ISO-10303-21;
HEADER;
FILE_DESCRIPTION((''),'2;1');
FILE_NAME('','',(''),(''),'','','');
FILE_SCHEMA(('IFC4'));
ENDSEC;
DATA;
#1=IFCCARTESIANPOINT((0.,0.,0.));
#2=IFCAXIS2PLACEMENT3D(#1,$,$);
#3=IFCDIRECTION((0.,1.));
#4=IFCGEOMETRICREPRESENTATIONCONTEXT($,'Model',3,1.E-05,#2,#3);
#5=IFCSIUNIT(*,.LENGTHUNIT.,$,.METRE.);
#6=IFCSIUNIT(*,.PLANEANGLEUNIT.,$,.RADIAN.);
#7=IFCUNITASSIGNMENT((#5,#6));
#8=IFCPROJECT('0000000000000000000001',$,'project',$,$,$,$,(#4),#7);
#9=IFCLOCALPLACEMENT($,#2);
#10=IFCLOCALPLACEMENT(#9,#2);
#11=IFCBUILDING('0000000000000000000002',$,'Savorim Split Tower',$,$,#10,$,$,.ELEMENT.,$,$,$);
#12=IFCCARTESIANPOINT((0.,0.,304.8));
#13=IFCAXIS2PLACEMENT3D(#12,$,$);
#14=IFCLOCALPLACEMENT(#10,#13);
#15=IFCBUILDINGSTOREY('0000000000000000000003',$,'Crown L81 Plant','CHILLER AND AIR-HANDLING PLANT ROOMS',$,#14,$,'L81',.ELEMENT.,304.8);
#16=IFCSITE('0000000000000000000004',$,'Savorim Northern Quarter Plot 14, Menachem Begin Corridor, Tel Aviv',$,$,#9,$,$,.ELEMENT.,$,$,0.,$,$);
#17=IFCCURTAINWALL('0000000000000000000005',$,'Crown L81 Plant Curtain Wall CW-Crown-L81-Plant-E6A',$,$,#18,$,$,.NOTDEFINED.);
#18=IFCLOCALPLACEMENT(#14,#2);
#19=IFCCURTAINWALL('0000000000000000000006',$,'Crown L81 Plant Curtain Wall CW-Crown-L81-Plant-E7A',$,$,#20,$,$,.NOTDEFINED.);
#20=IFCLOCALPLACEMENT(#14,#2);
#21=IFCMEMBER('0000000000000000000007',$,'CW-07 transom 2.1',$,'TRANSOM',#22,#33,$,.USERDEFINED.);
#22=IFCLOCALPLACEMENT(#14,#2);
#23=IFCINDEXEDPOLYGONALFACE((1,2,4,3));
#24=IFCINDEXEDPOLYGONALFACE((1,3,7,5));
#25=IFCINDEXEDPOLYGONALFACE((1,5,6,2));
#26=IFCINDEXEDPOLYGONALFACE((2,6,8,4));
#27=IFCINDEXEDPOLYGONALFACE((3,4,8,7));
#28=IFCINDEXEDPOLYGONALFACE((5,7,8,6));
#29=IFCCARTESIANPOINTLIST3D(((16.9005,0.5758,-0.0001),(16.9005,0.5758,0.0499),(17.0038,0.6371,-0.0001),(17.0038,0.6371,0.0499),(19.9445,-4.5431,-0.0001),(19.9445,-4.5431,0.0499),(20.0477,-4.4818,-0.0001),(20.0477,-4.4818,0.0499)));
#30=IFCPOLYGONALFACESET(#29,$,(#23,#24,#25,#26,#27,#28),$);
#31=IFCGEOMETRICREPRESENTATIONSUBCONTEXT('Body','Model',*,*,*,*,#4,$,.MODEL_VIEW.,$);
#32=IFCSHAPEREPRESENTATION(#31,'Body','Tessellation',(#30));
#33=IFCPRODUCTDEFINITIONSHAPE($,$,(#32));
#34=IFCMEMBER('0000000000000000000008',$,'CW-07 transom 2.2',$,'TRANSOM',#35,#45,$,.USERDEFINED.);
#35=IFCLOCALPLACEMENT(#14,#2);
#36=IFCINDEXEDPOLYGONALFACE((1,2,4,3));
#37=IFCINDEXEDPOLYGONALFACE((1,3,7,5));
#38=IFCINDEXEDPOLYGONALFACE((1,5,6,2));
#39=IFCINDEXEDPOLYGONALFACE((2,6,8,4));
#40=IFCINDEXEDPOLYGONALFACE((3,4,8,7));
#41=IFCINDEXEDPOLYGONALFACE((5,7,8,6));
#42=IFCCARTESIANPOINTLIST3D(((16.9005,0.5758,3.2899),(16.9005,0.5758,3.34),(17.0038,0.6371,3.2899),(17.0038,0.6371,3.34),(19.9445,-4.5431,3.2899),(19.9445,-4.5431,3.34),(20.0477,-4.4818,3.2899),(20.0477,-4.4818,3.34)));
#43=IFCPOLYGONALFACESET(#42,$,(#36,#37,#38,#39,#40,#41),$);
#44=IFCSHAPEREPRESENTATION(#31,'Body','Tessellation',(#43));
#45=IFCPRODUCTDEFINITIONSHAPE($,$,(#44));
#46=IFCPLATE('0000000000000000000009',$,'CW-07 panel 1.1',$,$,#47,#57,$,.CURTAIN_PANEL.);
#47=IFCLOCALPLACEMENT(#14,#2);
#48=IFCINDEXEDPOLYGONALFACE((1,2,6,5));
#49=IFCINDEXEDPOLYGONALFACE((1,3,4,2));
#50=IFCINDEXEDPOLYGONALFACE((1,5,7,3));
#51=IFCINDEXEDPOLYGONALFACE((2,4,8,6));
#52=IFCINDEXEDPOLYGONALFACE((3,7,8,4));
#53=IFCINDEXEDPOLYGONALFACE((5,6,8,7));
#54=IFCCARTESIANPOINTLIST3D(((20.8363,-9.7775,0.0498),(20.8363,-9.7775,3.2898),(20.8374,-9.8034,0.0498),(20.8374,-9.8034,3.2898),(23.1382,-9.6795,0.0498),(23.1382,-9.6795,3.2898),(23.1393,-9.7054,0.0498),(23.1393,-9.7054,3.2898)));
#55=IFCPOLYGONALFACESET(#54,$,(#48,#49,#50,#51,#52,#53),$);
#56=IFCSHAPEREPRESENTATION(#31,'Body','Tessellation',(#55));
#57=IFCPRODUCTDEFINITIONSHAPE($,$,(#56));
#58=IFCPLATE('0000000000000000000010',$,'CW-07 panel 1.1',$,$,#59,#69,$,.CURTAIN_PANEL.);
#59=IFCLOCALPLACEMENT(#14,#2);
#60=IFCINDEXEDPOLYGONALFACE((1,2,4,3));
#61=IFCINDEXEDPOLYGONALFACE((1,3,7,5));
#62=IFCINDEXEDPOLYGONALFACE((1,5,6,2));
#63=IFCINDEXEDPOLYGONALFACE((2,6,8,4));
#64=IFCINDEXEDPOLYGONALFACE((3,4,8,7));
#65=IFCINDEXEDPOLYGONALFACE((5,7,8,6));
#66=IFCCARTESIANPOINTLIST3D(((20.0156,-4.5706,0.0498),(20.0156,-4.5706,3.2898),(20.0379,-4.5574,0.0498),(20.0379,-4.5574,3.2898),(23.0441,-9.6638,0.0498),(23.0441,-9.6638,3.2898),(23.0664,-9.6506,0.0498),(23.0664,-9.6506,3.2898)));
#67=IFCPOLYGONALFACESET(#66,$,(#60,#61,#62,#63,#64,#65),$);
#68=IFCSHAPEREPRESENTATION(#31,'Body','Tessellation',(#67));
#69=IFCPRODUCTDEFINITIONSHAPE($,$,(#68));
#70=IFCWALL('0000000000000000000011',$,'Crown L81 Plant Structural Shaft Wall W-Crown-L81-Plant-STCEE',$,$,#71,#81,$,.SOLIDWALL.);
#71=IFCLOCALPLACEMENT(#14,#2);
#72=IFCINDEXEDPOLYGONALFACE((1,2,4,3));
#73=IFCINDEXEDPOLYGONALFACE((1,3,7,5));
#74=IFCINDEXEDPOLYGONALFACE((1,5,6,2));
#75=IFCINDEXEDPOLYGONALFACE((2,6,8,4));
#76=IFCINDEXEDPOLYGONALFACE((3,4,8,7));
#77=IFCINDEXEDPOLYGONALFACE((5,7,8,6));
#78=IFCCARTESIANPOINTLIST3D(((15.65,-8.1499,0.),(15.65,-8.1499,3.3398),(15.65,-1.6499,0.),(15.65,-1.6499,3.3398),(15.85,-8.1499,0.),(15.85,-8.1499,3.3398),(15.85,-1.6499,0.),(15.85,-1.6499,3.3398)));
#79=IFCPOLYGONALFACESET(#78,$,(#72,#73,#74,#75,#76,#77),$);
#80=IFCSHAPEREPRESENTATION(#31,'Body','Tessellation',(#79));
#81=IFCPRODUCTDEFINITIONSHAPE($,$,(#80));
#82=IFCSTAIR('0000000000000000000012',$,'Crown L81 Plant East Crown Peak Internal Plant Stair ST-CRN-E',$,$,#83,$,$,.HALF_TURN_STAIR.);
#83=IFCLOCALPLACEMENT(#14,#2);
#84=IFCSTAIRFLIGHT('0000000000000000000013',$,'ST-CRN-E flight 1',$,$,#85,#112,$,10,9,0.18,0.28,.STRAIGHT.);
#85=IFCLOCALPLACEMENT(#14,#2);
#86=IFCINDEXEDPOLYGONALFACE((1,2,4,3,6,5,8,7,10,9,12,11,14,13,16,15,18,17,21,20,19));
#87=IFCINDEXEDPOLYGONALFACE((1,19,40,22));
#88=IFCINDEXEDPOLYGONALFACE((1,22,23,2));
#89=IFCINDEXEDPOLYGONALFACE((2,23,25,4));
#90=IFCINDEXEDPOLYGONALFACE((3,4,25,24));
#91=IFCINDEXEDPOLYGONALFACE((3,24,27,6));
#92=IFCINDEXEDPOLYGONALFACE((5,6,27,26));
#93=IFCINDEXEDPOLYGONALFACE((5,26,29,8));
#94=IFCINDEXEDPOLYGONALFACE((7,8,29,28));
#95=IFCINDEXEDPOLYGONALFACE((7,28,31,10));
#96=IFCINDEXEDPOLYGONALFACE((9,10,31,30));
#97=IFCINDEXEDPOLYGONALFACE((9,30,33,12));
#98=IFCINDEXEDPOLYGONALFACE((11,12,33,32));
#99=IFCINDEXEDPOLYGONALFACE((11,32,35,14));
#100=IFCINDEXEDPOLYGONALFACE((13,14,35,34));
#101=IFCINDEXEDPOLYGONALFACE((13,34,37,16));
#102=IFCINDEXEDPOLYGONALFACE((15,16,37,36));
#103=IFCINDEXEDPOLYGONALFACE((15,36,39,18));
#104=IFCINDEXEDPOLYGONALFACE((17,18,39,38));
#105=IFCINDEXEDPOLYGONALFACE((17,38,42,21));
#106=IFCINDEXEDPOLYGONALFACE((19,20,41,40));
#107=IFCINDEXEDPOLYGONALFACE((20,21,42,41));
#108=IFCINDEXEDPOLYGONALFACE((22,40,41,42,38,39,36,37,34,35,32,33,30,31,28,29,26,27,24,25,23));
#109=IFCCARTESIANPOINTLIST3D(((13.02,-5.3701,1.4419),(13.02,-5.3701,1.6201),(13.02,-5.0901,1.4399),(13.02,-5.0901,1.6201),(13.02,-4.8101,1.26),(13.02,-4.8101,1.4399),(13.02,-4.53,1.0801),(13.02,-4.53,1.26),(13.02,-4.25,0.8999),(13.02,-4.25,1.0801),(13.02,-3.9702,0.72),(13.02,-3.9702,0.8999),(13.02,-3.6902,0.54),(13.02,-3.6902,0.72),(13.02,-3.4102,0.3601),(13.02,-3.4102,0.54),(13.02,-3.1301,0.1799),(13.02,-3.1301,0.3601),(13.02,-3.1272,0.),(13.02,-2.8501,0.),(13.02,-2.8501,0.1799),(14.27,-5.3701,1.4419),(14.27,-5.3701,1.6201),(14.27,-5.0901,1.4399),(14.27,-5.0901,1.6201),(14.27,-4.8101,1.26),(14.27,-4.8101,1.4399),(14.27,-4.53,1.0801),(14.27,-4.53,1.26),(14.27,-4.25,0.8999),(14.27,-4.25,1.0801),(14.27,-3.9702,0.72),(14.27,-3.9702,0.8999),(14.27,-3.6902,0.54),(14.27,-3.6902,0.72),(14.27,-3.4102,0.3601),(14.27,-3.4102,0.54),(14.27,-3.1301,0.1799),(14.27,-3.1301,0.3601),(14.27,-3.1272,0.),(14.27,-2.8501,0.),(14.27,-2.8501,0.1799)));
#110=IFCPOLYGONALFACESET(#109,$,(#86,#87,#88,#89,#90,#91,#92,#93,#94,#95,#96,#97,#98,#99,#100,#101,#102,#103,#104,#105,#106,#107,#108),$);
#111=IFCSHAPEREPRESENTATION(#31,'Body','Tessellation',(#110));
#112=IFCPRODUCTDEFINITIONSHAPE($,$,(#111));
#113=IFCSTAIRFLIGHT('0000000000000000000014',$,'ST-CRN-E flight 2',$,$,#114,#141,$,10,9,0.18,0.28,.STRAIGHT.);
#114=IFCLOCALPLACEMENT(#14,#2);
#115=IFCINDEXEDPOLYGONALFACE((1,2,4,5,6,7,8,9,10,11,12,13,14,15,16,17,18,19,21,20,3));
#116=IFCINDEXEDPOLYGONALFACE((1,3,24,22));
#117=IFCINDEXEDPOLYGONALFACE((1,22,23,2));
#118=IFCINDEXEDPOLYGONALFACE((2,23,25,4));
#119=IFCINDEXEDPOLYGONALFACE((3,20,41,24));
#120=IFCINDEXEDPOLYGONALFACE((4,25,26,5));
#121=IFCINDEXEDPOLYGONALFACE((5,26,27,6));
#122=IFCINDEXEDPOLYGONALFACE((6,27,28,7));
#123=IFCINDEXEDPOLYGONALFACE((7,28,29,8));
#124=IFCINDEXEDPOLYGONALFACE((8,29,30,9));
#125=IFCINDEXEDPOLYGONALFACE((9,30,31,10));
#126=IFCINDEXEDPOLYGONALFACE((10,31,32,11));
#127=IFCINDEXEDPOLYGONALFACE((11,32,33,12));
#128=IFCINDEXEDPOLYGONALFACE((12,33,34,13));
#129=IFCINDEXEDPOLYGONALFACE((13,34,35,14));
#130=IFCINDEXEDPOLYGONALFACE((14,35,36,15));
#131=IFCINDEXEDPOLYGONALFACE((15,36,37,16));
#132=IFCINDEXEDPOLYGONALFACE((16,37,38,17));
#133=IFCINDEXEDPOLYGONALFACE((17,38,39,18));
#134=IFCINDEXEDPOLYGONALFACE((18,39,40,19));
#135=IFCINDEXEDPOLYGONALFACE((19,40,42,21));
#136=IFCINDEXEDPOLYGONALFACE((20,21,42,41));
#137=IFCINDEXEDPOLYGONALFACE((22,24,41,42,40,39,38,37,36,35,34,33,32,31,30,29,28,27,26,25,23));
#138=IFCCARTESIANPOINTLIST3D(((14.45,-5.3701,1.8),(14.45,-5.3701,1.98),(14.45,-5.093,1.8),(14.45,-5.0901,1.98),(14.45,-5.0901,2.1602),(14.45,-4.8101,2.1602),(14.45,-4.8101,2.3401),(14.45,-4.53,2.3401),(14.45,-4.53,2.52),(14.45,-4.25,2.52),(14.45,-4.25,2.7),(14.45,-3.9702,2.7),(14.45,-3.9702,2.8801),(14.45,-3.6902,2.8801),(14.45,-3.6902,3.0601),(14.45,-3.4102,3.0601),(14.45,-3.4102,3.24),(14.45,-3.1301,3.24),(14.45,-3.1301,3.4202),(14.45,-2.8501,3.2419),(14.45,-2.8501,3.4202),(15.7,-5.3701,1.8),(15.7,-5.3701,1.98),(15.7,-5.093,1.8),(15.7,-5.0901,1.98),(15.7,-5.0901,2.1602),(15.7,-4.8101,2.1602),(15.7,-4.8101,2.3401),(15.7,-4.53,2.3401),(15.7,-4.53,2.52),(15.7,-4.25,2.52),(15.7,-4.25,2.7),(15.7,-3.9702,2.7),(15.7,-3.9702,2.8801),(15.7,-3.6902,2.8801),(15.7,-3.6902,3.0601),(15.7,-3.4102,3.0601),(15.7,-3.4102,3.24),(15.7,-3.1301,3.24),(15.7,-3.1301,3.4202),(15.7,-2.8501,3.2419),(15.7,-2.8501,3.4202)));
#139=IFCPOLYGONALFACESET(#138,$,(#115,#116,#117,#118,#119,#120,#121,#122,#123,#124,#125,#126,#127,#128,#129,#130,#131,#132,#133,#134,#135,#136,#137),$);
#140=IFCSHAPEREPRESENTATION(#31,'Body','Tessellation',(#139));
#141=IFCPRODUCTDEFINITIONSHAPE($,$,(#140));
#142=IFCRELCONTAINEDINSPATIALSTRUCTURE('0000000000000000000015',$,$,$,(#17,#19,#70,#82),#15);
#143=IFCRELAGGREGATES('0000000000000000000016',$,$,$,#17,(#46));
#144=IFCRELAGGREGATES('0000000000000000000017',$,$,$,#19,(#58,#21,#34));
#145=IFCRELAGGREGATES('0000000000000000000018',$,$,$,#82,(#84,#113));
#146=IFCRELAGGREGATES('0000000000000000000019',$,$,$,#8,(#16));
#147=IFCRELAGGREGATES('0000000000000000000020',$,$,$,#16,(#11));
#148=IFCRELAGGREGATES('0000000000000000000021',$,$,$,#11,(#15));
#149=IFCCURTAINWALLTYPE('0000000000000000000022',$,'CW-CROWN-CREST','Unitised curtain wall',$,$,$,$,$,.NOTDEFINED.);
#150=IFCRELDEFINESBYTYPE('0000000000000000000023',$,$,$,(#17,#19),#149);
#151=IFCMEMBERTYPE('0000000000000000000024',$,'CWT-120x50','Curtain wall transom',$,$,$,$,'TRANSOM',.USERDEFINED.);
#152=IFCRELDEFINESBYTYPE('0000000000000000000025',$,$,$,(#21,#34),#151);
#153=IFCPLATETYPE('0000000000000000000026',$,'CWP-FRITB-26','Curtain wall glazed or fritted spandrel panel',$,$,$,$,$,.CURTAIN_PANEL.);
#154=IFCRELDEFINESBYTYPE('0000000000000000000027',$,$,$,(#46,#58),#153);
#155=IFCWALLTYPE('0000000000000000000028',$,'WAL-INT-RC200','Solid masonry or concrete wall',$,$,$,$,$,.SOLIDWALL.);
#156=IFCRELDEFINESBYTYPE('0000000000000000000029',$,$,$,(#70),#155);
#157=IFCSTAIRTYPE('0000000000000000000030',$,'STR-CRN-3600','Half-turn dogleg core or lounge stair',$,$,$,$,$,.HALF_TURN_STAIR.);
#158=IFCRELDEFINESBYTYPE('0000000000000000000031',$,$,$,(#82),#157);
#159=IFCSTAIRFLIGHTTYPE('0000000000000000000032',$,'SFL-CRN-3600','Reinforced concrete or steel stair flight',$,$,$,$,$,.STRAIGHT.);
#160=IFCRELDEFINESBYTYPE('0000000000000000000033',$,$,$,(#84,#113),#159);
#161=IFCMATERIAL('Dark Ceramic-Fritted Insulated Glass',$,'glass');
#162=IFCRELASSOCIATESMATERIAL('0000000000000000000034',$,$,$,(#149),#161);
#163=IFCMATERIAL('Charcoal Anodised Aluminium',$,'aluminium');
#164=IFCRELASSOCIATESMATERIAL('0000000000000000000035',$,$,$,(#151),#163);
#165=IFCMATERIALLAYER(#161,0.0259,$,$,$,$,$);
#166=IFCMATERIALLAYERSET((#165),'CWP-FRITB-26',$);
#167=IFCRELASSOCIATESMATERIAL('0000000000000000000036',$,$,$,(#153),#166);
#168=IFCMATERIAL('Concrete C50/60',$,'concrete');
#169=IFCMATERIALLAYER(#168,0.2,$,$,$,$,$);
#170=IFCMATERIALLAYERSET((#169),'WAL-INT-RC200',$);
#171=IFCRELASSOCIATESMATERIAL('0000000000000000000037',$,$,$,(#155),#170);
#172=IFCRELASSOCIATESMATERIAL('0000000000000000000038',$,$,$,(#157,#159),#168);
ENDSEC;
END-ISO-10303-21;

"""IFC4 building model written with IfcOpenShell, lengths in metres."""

from ifc_helpers import new_model, si_unit, direction, frame, frame_2d, origin, origin_2d, place, context, subcontext, project, spatial, polyline, rectangle, outline, extrude, material, layer, layer_set, material_profile, profile_set, type_object, element, aggregate, save


model = new_model("IFC4")

# Units and contexts
model_context = context("Model", 3, precision=1e-05, world=origin(), true_north=direction((0.0, 1.0)))
body_context = subcontext(model_context, "Body", "Model", "MODEL_VIEW")
ifc_project = project(units=[si_unit("LENGTHUNIT", "METRE"), si_unit("PLANEANGLEUNIT", "RADIAN")], contexts=[model_context])

# Site, building, storey
site_placement = place(None, origin())
site = spatial("IfcSite", under=ifc_project, at=site_placement, Name="Savorim Northern Quarter Plot 14, Menachem Begin Corridor, Tel Aviv", CompositionType="ELEMENT", RefElevation=0.0)
building_placement = place(site_placement, origin())
building = spatial("IfcBuilding", under=site, at=building_placement, Name="Savorim Split Tower", CompositionType="ELEMENT")
storey_placement = place(building_placement, frame((0.0, 0.0, 304.8)))
storey = spatial("IfcBuildingStorey", under=building, at=storey_placement, Name="Crown L81 Plant", Description="CHILLER AND AIR-HANDLING PLANT ROOMS", LongName="L81", CompositionType="ELEMENT", Elevation=304.8)

# Curtain wall
ifc_material_1 = material(Name="Dark Ceramic-Fritted Insulated Glass", Category="glass")
curtain_wall_type = type_object("IfcCurtainWallType", Name="CW-CROWN-CREST", Description="Unitised curtain wall", PredefinedType="NOTDEFINED", material=ifc_material_1)
curtain_wall_1_placement = place(storey_placement, origin())
curtain_wall_1 = element("IfcCurtainWall", 1, at=curtain_wall_1_placement, inside=storey, type_object=curtain_wall_type, Name="Crown L81 Plant Curtain Wall CW-Crown-L81-Plant-E6A", PredefinedType="NOTDEFINED")
ifc_material_2 = material(Name="Charcoal Anodised Aluminium", Category="aluminium")

# Curtain wall
curtain_wall_2_placement = place(storey_placement, origin())
curtain_wall_2 = element("IfcCurtainWall", 2, at=curtain_wall_2_placement, inside=storey, type_object=curtain_wall_type, Name="Crown L81 Plant Curtain Wall CW-Crown-L81-Plant-E7A", PredefinedType="NOTDEFINED")

# Members
ifc_material_profile_1 = material_profile(ifc_material_2, rectangle(XDim=0.1201, YDim=0.05, at=origin_2d()), Name="ALU-T 120x50")
ifc_profile_set_1 = profile_set([ifc_material_profile_1], Name="Charcoal Anodised Aluminium")
member_type_1 = type_object("IfcMemberType", Name="CWT-120x50", Description="Curtain wall transom", ElementType="TRANSOM", PredefinedType="USERDEFINED", material=ifc_profile_set_1)
member_1_placement = place(storey_placement, frame((19.9961, -4.5125, 0.0249), z_axis=(-0.51111, 0.859515, 0.0), x_axis=(-0.859515, -0.51111, 0.0)))
member_1 = element("IfcMember", 3, at=member_1_placement, type_object=member_type_1, Name="CW-07 transom 2.1", ObjectType="TRANSOM", PredefinedType="USERDEFINED", context=body_context, shape_type="SweptSolid", body=[
    extrude(rectangle(XDim=0.1201, YDim=0.05, at=origin_2d()), origin(), (0.0, 0.0, 1.0), 5.9556),
])
member_2_placement = place(storey_placement, frame((19.9961, -4.5125, 3.3149), z_axis=(-0.51111, 0.859515, 0.0), x_axis=(-0.859515, -0.51111, 0.0)))
member_2 = element("IfcMember", 4, at=member_2_placement, type_object=member_type_1, Name="CW-07 transom 2.2", ObjectType="TRANSOM", PredefinedType="USERDEFINED", context=body_context, shape_type="SweptSolid", body=[
    extrude(rectangle(XDim=0.1201, YDim=0.05, at=origin_2d()), origin(), (0.0, 0.0, 1.0), 5.9556),
])

# Plates
ifc_layer_1 = layer(ifc_material_1, 0.0259)
ifc_layer_set_1 = layer_set([ifc_layer_1], Name="CWP-FRITB-26")
plate_type = type_object("IfcPlateType", Name="CWP-FRITB-26", Description="Curtain wall glazed or fritted spandrel panel", PredefinedType="CURTAIN_PANEL", material=ifc_layer_set_1)
plate_1_placement = place(storey_placement, frame((21.9878, -9.7415, 0.0498), z_axis=(0.0, 0.0, 1.0), x_axis=(0.999095, 0.042533, 0.0)))
plate_1 = element("IfcPlate", 5, at=plate_1_placement, type_object=plate_type, Name="CW-07 panel 1.1", PredefinedType="CURTAIN_PANEL", context=body_context, shape_type="SweptSolid", body=[
    extrude(rectangle(XDim=2.304, YDim=0.0259, at=origin_2d()), origin(), (0.0, 0.0, 1.0), 3.24),
])
aggregate(curtain_wall_1, [plate_1])
plate_2_placement = place(storey_placement, frame((21.541, -7.1106, 0.0498), z_axis=(0.0, 0.0, 1.0), x_axis=(-0.511094, 0.859525, 0.0)))
plate_2 = element("IfcPlate", 6, at=plate_2_placement, type_object=plate_type, Name="CW-07 panel 1.1", PredefinedType="CURTAIN_PANEL", context=body_context, shape_type="SweptSolid", body=[
    extrude(rectangle(XDim=5.9255, YDim=0.0259, at=origin_2d()), origin(), (0.0, 0.0, 1.0), 3.24),
])
aggregate(curtain_wall_2, [plate_2, member_1, member_2])

# Wall
ifc_material_3 = material(Name="Concrete C50/60", Category="concrete")
ifc_layer_2 = layer(ifc_material_3, 0.2)
ifc_layer_set_2 = layer_set([ifc_layer_2], Name="WAL-INT-RC200")
wall_type = type_object("IfcWallType", Name="WAL-INT-RC200", Description="Solid masonry or concrete wall", PredefinedType="SOLIDWALL", material=ifc_layer_set_2)
wall_placement = place(storey_placement, frame((15.75, -8.1499, 0.0), z_axis=(0.0, 0.0, 1.0), x_axis=(0.0, 1.0, 0.0)))
element("IfcWall", 7, at=wall_placement, inside=storey, type_object=wall_type, Name="Crown L81 Plant Structural Shaft Wall W-Crown-L81-Plant-STCEE", PredefinedType="SOLIDWALL", context=body_context, shape_type="SweptSolid", body=[
    extrude(rectangle(XDim=6.5, YDim=0.2, at=frame_2d((3.25, 0.0))), origin(), (0.0, 0.0, 1.0), 3.3398),
])

# Stair, stair flights
stair_type = type_object("IfcStairType", Name="STR-CRN-3600", Description="Half-turn dogleg core or lounge stair", PredefinedType="HALF_TURN_STAIR", material=ifc_material_3)
stair_placement = place(storey_placement, origin())
stair = element("IfcStair", 8, at=stair_placement, inside=storey, type_object=stair_type, Name="Crown L81 Plant East Crown Peak Internal Plant Stair ST-CRN-E", PredefinedType="HALF_TURN_STAIR")
stair_flight_type = type_object("IfcStairFlightType", Name="SFL-CRN-3600", Description="Reinforced concrete or steel stair flight", PredefinedType="STRAIGHT", material=ifc_material_3)
stair_flight_1_placement = place(storey_placement, frame((13.645, -2.8501, 0.0), z_axis=(0.0, 0.0, 1.0), x_axis=(0.0, -1.0, 0.0)))
stair_flight_1 = element("IfcStairFlight", 9, at=stair_flight_1_placement, type_object=stair_flight_type, Name="ST-CRN-E flight 1", NumberOfRisers=10, NumberOfTreads=9, PredefinedType="STRAIGHT", RiserHeight=0.18, TreadLength=0.28, context=body_context, shape_type="SweptSolid", body=[
    extrude(outline(polyline([(0.0, 0.0), (0.0, 0.1799), (0.28, 0.1799), (0.28, 0.3601), (0.5601, 0.3601), (0.5601, 0.54), (0.8401, 0.54), (0.8401, 0.72), (1.1201, 0.72), (1.1201, 0.8999), (1.3999, 0.8999), (1.3999, 1.0801), (1.6799, 1.0801), (1.6799, 1.26), (1.96, 1.26), (1.96, 1.4399), (2.24, 1.4399), (2.24, 1.6201), (2.52, 1.6201), (2.52, 1.8), (2.52, 1.4419), (0.2771, 0.0), (0.0, 0.0)])), frame((0.0, 0.625, 0.0), z_axis=(0.0, -1.0, 0.0), x_axis=(1.0, 0.0, 0.0)), (0.0, 0.0, 1.0), 1.25),
])
stair_flight_2_placement = place(storey_placement, frame((15.075, -5.3701, 1.8), z_axis=(0.0, 0.0, 1.0), x_axis=(0.0, 1.0, 0.0)))
stair_flight_2 = element("IfcStairFlight", 10, at=stair_flight_2_placement, type_object=stair_flight_type, Name="ST-CRN-E flight 2", NumberOfRisers=10, NumberOfTreads=9, PredefinedType="STRAIGHT", RiserHeight=0.18, TreadLength=0.28, context=body_context, shape_type="SweptSolid", body=[
    extrude(outline(polyline([(0.0, 0.0), (0.0, 0.1799), (0.28, 0.1799), (0.28, 0.3601), (0.5601, 0.3601), (0.5601, 0.54), (0.8401, 0.54), (0.8401, 0.72), (1.1201, 0.72), (1.1201, 0.8999), (1.3999, 0.8999), (1.3999, 1.0801), (1.6799, 1.0801), (1.6799, 1.26), (1.96, 1.26), (1.96, 1.4399), (2.24, 1.4399), (2.24, 1.6201), (2.52, 1.6201), (2.52, 1.8), (2.52, 1.4419), (0.2771, 0.0), (0.0, 0.0)])), frame((0.0, 0.625, 0.0), z_axis=(0.0, -1.0, 0.0), x_axis=(1.0, 0.0, 0.0)), (0.0, 0.0, 1.0), 1.25),
])
aggregate(stair, [stair_flight_1, stair_flight_2])

save(model, "model.ifc")
